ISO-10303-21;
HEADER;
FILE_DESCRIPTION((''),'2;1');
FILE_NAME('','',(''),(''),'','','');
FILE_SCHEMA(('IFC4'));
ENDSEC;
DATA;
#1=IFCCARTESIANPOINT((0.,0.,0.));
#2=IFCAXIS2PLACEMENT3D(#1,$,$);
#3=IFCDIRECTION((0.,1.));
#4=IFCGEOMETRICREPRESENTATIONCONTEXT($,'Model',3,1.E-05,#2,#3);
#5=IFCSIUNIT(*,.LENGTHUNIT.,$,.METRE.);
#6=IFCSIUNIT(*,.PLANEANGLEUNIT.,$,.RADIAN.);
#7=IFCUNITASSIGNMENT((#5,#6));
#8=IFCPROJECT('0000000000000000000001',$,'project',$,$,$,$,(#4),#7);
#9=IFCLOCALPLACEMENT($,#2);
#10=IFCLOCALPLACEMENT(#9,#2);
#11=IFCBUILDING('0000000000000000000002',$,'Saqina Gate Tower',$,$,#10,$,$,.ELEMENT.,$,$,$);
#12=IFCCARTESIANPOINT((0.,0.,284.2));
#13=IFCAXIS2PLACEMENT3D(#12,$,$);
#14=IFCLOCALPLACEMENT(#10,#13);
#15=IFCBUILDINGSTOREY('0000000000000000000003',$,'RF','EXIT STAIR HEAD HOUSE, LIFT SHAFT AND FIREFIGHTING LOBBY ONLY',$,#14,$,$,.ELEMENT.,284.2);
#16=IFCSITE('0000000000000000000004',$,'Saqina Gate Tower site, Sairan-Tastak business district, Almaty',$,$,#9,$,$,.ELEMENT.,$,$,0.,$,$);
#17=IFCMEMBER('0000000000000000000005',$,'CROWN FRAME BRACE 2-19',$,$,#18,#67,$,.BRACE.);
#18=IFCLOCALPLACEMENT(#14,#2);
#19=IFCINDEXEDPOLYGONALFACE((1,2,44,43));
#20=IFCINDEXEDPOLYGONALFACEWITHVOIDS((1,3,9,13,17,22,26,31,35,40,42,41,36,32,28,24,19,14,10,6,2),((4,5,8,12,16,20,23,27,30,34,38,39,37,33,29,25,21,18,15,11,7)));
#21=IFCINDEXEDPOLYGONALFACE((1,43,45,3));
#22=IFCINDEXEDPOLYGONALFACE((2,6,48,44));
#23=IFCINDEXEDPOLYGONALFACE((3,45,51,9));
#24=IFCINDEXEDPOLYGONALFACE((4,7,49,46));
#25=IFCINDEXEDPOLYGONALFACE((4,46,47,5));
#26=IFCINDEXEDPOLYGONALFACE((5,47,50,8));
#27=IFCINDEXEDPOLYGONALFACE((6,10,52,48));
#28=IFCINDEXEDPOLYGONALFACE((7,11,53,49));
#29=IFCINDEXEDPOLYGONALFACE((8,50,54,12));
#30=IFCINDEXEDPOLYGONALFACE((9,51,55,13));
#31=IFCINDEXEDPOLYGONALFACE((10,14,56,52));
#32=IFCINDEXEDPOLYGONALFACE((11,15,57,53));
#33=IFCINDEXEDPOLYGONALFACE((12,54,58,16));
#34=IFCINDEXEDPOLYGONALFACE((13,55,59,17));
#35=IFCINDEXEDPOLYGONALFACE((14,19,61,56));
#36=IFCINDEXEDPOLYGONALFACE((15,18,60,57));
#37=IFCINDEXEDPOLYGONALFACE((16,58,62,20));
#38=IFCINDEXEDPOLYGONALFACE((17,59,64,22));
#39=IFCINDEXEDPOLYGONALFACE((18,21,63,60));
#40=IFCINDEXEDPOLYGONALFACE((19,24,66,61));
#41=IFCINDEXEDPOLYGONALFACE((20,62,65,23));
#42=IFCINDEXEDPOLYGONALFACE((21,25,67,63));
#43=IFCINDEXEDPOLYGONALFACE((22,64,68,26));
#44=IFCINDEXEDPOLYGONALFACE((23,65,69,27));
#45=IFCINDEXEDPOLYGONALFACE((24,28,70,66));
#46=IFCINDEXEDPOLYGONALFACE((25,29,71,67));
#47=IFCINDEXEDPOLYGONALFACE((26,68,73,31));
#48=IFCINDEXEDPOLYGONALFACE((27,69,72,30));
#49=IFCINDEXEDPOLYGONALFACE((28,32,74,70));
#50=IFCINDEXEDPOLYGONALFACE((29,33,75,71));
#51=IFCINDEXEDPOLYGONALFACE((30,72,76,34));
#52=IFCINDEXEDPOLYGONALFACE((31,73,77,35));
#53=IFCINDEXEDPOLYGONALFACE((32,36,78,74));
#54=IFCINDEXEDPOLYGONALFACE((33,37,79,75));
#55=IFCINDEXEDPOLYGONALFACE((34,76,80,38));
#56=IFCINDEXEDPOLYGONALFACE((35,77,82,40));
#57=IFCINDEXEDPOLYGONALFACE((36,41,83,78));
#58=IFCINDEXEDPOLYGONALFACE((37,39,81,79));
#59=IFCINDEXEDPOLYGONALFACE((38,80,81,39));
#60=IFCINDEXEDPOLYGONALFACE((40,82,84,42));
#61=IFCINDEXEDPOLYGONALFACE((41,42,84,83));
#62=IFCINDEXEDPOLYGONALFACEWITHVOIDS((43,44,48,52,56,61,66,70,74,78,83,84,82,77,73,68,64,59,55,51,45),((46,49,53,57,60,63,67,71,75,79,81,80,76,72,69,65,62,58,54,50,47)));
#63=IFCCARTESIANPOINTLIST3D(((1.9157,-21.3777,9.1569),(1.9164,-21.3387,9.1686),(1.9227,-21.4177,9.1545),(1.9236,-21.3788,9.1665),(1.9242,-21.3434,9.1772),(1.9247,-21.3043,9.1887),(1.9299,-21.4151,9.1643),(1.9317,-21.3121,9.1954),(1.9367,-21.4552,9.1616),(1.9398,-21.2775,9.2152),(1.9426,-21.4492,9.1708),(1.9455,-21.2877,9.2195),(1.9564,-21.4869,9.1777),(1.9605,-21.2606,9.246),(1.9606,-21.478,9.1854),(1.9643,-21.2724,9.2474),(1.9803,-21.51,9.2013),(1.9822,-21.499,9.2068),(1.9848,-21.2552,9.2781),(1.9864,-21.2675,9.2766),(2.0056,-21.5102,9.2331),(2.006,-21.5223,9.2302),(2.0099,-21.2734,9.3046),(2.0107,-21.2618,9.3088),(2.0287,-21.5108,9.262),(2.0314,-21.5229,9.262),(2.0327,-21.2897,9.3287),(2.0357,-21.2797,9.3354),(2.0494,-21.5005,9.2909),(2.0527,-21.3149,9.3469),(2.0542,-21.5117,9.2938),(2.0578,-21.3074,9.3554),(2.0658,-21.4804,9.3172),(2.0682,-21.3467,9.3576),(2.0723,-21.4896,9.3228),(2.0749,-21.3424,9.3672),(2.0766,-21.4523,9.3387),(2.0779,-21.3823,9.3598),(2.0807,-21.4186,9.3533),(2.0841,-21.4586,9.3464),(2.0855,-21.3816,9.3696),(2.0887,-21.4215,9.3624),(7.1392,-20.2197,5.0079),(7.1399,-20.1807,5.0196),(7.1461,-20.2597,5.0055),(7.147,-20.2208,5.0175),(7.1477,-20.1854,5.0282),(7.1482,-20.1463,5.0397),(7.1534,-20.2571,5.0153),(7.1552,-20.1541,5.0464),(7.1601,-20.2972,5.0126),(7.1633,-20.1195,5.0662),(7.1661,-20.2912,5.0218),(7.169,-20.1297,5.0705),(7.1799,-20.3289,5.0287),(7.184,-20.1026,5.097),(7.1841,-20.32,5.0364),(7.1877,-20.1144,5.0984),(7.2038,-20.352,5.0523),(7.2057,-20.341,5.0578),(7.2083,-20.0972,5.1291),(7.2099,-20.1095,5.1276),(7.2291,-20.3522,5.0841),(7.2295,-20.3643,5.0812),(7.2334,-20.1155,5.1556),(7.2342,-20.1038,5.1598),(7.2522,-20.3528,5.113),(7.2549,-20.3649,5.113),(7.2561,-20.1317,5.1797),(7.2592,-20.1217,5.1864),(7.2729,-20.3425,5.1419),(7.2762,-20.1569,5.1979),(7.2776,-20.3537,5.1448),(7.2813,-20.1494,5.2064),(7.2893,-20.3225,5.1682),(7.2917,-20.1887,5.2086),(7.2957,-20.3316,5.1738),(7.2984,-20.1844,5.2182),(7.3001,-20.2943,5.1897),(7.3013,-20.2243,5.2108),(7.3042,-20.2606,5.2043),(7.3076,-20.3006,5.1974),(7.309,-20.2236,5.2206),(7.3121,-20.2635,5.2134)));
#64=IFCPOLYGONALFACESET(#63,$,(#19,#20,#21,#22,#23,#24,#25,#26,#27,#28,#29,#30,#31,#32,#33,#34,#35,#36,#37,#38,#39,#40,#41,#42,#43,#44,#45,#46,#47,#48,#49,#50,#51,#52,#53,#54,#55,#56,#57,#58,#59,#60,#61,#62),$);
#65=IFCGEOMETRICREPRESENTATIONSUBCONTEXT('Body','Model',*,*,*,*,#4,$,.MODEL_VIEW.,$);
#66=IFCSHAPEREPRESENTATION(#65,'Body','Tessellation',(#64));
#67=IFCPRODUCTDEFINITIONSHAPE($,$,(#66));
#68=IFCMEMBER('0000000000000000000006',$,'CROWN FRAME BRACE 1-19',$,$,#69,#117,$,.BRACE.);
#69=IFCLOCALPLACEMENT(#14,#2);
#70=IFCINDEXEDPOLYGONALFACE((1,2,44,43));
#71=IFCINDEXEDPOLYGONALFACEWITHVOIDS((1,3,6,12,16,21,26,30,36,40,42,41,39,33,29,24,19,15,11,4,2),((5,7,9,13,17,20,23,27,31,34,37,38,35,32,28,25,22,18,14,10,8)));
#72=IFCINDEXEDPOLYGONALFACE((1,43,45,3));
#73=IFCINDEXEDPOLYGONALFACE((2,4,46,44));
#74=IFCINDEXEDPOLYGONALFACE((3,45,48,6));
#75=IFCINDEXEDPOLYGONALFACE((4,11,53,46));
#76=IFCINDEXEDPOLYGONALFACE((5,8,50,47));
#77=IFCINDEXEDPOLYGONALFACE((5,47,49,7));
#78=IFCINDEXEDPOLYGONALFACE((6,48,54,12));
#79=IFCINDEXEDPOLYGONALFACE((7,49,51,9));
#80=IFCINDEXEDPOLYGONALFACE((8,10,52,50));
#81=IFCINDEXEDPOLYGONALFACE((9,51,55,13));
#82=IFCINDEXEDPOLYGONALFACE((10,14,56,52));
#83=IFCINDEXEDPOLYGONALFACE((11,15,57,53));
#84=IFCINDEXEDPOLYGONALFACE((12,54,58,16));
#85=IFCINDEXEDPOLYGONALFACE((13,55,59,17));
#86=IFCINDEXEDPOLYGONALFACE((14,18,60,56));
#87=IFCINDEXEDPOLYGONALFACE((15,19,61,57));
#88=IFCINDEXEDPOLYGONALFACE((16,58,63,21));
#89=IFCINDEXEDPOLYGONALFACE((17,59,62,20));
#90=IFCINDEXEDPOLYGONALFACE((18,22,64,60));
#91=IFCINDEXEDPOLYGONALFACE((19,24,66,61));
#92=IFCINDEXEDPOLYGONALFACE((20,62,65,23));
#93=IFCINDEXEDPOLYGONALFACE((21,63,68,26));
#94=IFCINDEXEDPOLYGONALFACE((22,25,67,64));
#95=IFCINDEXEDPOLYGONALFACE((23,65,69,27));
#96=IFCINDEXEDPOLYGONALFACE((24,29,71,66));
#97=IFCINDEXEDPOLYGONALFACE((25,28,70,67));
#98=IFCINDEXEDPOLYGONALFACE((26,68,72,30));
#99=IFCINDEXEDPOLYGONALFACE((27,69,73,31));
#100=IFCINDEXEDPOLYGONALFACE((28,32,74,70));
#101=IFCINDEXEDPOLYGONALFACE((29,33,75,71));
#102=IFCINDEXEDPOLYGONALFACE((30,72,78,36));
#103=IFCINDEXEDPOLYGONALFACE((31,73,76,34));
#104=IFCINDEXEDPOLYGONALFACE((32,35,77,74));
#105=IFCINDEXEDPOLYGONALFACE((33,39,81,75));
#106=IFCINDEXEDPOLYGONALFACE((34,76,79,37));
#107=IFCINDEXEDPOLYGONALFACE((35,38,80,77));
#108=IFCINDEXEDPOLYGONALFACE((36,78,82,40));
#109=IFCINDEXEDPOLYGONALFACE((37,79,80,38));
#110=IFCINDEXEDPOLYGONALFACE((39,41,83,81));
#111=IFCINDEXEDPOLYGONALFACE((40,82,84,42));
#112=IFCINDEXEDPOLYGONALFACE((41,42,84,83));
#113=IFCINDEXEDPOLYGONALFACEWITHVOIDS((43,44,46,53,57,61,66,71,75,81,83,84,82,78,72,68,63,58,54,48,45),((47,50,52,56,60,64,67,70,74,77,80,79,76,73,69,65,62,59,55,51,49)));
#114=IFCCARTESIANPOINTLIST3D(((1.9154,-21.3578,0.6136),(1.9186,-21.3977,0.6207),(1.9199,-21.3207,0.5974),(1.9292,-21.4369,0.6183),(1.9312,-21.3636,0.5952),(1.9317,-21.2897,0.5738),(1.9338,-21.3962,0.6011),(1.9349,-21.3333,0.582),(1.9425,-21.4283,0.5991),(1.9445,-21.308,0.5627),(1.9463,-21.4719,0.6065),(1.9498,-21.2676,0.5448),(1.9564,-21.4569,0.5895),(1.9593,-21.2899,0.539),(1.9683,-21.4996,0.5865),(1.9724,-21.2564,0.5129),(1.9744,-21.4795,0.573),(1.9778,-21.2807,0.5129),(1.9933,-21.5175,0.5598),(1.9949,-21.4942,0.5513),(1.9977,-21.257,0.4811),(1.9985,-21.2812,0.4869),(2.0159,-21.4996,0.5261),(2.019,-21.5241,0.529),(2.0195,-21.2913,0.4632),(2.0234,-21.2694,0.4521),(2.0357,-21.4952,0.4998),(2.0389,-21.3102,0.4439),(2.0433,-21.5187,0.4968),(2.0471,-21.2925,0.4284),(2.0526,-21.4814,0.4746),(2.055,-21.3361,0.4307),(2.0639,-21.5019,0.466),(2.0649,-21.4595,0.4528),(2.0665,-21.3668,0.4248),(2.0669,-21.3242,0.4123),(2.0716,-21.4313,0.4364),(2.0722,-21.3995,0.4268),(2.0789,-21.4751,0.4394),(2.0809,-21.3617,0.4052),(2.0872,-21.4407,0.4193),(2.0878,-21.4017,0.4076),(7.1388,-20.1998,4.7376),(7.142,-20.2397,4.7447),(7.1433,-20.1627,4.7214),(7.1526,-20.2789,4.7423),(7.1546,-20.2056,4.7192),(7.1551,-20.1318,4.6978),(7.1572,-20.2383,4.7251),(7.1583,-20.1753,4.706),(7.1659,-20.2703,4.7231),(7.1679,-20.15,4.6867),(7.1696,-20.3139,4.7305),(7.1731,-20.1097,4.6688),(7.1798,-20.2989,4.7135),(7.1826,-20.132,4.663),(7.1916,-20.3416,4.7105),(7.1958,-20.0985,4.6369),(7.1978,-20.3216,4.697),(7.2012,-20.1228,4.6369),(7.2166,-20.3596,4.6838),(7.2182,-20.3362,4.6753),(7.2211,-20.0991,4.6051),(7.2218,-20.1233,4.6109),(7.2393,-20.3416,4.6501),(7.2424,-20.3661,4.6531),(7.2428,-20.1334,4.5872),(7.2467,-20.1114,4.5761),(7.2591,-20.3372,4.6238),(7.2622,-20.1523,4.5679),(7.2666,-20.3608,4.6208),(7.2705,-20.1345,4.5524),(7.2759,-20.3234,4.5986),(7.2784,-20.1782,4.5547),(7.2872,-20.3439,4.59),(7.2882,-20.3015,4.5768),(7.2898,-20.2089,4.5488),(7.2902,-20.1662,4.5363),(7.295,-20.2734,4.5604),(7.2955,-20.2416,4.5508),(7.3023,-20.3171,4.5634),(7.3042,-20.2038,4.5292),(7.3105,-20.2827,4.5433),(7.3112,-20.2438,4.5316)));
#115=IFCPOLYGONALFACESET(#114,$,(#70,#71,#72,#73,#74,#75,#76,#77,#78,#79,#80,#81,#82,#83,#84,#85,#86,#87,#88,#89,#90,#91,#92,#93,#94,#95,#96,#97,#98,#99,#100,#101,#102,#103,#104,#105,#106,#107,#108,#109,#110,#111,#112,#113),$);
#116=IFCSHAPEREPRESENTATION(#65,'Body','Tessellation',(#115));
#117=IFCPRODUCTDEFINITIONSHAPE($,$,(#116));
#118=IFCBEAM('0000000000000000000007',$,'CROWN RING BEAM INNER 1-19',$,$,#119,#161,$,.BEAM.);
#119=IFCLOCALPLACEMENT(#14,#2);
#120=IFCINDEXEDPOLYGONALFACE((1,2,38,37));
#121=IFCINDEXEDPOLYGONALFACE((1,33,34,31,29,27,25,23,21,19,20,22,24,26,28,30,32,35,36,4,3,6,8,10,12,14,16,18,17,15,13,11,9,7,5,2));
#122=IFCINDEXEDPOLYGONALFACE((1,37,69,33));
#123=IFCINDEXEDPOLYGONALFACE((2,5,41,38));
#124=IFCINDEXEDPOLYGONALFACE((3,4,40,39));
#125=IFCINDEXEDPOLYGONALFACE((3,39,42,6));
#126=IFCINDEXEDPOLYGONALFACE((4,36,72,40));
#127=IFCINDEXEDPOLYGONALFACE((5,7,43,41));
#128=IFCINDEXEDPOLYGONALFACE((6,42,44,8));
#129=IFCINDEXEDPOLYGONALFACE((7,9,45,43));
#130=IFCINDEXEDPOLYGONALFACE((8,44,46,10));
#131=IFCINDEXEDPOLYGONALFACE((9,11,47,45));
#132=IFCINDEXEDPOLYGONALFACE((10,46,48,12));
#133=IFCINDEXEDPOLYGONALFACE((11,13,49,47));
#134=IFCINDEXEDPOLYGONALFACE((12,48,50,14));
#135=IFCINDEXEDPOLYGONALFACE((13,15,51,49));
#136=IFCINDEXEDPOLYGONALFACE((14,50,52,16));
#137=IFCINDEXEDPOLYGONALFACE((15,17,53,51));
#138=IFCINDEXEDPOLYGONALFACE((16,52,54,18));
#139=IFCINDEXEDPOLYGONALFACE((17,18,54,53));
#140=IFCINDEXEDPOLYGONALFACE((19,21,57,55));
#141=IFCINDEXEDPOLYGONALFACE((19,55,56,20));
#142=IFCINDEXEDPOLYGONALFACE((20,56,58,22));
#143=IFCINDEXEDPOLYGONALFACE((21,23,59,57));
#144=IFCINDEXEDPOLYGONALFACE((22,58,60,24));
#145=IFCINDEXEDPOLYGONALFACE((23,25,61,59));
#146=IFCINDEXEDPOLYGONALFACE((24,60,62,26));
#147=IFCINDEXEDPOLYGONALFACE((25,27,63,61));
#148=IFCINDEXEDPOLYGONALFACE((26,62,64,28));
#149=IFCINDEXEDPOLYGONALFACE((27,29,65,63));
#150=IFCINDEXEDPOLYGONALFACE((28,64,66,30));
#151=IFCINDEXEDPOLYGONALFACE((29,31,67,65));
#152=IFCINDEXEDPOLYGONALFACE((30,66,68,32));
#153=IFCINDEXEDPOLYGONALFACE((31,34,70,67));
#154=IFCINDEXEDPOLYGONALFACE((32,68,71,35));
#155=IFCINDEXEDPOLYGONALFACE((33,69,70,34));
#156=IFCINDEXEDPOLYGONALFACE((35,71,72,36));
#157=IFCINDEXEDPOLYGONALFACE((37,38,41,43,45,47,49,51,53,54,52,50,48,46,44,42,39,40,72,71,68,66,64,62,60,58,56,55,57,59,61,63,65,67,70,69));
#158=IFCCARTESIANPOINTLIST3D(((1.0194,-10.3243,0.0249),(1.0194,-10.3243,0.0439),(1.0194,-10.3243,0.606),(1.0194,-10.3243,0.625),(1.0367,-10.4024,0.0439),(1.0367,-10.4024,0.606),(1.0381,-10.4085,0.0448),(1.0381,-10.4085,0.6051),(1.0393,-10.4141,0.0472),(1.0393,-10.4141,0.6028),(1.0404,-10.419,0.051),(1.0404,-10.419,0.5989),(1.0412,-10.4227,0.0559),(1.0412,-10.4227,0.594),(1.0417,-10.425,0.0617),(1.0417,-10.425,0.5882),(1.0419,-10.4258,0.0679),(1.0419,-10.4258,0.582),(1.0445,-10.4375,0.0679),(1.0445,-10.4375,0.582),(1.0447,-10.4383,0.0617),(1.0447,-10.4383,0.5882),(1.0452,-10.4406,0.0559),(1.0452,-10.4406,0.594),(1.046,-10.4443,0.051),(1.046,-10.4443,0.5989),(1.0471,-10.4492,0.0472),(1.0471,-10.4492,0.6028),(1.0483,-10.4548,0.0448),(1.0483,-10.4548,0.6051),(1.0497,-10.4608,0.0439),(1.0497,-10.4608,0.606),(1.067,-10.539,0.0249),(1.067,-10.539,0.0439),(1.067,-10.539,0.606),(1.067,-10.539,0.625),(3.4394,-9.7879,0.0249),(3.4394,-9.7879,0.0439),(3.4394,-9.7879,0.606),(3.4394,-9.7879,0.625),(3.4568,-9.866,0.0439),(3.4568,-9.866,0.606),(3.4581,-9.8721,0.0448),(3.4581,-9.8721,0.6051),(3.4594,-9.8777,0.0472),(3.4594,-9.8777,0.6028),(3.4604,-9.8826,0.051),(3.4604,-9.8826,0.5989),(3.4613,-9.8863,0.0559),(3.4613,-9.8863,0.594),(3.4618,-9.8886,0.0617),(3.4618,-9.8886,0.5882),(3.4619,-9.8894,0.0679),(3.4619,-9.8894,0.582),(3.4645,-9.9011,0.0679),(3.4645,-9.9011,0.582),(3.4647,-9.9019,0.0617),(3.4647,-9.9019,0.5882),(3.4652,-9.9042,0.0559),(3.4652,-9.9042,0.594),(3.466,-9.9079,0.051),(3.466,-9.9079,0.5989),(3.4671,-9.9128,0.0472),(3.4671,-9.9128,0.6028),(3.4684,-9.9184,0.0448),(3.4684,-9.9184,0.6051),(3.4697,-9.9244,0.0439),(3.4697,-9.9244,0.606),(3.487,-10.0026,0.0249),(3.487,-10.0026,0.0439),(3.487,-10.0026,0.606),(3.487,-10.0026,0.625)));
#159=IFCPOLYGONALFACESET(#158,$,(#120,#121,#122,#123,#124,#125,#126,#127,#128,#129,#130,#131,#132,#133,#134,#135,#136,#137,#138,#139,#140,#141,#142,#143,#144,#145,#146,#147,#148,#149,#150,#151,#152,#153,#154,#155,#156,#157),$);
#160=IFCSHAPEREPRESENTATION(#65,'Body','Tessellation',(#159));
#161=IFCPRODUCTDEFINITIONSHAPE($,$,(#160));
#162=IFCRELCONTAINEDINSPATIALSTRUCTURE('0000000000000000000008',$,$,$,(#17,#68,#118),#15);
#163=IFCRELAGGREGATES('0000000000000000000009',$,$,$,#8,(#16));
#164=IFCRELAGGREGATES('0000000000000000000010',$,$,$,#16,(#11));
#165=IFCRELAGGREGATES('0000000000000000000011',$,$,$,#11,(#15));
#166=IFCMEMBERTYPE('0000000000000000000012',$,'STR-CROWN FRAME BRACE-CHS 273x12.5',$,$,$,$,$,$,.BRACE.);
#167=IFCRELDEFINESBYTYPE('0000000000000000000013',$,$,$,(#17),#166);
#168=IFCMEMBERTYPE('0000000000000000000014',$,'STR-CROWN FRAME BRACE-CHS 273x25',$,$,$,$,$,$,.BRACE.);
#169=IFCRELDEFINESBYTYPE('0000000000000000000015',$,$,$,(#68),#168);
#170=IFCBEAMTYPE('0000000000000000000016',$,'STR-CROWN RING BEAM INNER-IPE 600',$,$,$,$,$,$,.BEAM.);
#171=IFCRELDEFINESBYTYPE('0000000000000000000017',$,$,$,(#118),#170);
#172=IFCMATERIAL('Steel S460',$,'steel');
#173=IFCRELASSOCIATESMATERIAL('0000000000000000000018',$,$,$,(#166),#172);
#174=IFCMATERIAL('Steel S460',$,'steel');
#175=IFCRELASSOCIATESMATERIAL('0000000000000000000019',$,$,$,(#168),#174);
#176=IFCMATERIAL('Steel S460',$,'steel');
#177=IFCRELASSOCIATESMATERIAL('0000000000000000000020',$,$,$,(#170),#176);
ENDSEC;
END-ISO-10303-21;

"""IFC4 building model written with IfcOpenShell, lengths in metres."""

from ifc_helpers import new_model, si_unit, direction, frame, origin, origin_2d, place, context, subcontext, project, spatial, hollow_circle, i_section, extrude, material, material_profile, profile_set, type_object, element, save


model = new_model("IFC4")

# Units and contexts
model_context = context("Model", 3, precision=1e-05, world=origin(), true_north=direction((0.0, 1.0)))
body_context = subcontext(model_context, "Body", "Model", "MODEL_VIEW")
ifc_project = project(units=[si_unit("LENGTHUNIT", "METRE"), si_unit("PLANEANGLEUNIT", "RADIAN")], contexts=[model_context])

# Site, building, storey
site_placement = place(None, origin())
site = spatial("IfcSite", under=ifc_project, at=site_placement, Name="Saqina Gate Tower site, Sairan-Tastak business district, Almaty", CompositionType="ELEMENT", RefElevation=0.0)
building_placement = place(site_placement, origin())
building = spatial("IfcBuilding", under=site, at=building_placement, Name="Saqina Gate Tower", CompositionType="ELEMENT")
storey_placement = place(building_placement, frame((0.0, 0.0, 284.2)))
storey = spatial("IfcBuildingStorey", under=building, at=storey_placement, Name="RF", Description="EXIT STAIR HEAD HOUSE, LIFT SHAFT AND FIREFIGHTING LOBBY ONLY", CompositionType="ELEMENT", Elevation=284.2)

# Members
ifc_material_1 = material(Name="Steel S460", Category="steel")
ifc_material_profile_1 = material_profile(ifc_material_1, hollow_circle(Radius=0.1365, WallThickness=0.0125, at=origin_2d()), Name="CHS 273x12.5")
ifc_profile_set_1 = profile_set([ifc_material_profile_1], Name="Steel S460")
member_type_1 = type_object("IfcMemberType", Name="STR-CROWN FRAME BRACE-CHS 273x12.5", PredefinedType="BRACE", material=ifc_profile_set_1)
member_1_placement = place(storey_placement, frame((7.2253, -20.2317, 5.113), z_axis=(-0.771504, -0.171033, 0.612804), x_axis=(0.216433, -0.976298, 0.0)))
element("IfcMember", 1, at=member_1_placement, inside=storey, type_object=member_type_1, Name="CROWN FRAME BRACE 2-19", PredefinedType="BRACE", context=body_context, shape_type="SweptSolid", body=[
    extrude(hollow_circle(Radius=0.1365, WallThickness=0.0125, at=origin_2d()), origin(), (0.0, 0.0, 1.0), 6.7705),
])
ifc_material_2 = material(Name="Steel S460", Category="steel")
ifc_material_profile_2 = material_profile(ifc_material_2, hollow_circle(Radius=0.1365, WallThickness=0.0249, at=origin_2d()), Name="CHS 273x25")
ifc_profile_set_2 = profile_set([ifc_material_profile_2], Name="Steel S460")
member_type_2 = type_object("IfcMemberType", Name="STR-CROWN FRAME BRACE-CHS 273x25", PredefinedType="BRACE", material=ifc_profile_set_2)
member_2_placement = place(storey_placement, frame((2.002, -21.3896, 0.5129), z_axis=(0.773244, 0.171418, 0.610499), x_axis=(-0.216433, 0.976298, 0.0)))
element("IfcMember", 2, at=member_2_placement, inside=storey, type_object=member_type_2, Name="CROWN FRAME BRACE 1-19", PredefinedType="BRACE", context=body_context, shape_type="SweptSolid", body=[
    extrude(hollow_circle(Radius=0.1365, WallThickness=0.0249, at=origin_2d()), origin(), (0.0, 0.0, 1.0), 6.7551),
])

# Beam
ifc_material_3 = material(Name="Steel S460", Category="steel")
ifc_material_profile_3 = material_profile(ifc_material_3, i_section(OverallWidth=0.22, OverallDepth=0.6001, WebThickness=0.012, FlangeThickness=0.019, FilletRadius=0.0239, at=origin_2d()), Name="IPE 600")
ifc_profile_set_3 = profile_set([ifc_material_profile_3], Name="Steel S460")
beam_type_1 = type_object("IfcBeamType", Name="STR-CROWN RING BEAM INNER-IPE 600", PredefinedType="BEAM", material=ifc_profile_set_3)
beam_1_placement = place(storey_placement, frame((1.0432, -10.4316, 0.325), z_axis=(0.976305, 0.216399, 0.0), x_axis=(-0.216399, 0.976305, 0.0)))
element("IfcBeam", 3, at=beam_1_placement, inside=storey, type_object=beam_type_1, Name="CROWN RING BEAM INNER 1-19", PredefinedType="BEAM", context=body_context, shape_type="SweptSolid", body=[
    extrude(i_section(OverallWidth=0.22, OverallDepth=0.6001, WebThickness=0.012, FlangeThickness=0.019, FilletRadius=0.0239, at=origin_2d()), origin(), (0.0, 0.0, 1.0), 2.4788),
])

save(model, "model.ifc")
